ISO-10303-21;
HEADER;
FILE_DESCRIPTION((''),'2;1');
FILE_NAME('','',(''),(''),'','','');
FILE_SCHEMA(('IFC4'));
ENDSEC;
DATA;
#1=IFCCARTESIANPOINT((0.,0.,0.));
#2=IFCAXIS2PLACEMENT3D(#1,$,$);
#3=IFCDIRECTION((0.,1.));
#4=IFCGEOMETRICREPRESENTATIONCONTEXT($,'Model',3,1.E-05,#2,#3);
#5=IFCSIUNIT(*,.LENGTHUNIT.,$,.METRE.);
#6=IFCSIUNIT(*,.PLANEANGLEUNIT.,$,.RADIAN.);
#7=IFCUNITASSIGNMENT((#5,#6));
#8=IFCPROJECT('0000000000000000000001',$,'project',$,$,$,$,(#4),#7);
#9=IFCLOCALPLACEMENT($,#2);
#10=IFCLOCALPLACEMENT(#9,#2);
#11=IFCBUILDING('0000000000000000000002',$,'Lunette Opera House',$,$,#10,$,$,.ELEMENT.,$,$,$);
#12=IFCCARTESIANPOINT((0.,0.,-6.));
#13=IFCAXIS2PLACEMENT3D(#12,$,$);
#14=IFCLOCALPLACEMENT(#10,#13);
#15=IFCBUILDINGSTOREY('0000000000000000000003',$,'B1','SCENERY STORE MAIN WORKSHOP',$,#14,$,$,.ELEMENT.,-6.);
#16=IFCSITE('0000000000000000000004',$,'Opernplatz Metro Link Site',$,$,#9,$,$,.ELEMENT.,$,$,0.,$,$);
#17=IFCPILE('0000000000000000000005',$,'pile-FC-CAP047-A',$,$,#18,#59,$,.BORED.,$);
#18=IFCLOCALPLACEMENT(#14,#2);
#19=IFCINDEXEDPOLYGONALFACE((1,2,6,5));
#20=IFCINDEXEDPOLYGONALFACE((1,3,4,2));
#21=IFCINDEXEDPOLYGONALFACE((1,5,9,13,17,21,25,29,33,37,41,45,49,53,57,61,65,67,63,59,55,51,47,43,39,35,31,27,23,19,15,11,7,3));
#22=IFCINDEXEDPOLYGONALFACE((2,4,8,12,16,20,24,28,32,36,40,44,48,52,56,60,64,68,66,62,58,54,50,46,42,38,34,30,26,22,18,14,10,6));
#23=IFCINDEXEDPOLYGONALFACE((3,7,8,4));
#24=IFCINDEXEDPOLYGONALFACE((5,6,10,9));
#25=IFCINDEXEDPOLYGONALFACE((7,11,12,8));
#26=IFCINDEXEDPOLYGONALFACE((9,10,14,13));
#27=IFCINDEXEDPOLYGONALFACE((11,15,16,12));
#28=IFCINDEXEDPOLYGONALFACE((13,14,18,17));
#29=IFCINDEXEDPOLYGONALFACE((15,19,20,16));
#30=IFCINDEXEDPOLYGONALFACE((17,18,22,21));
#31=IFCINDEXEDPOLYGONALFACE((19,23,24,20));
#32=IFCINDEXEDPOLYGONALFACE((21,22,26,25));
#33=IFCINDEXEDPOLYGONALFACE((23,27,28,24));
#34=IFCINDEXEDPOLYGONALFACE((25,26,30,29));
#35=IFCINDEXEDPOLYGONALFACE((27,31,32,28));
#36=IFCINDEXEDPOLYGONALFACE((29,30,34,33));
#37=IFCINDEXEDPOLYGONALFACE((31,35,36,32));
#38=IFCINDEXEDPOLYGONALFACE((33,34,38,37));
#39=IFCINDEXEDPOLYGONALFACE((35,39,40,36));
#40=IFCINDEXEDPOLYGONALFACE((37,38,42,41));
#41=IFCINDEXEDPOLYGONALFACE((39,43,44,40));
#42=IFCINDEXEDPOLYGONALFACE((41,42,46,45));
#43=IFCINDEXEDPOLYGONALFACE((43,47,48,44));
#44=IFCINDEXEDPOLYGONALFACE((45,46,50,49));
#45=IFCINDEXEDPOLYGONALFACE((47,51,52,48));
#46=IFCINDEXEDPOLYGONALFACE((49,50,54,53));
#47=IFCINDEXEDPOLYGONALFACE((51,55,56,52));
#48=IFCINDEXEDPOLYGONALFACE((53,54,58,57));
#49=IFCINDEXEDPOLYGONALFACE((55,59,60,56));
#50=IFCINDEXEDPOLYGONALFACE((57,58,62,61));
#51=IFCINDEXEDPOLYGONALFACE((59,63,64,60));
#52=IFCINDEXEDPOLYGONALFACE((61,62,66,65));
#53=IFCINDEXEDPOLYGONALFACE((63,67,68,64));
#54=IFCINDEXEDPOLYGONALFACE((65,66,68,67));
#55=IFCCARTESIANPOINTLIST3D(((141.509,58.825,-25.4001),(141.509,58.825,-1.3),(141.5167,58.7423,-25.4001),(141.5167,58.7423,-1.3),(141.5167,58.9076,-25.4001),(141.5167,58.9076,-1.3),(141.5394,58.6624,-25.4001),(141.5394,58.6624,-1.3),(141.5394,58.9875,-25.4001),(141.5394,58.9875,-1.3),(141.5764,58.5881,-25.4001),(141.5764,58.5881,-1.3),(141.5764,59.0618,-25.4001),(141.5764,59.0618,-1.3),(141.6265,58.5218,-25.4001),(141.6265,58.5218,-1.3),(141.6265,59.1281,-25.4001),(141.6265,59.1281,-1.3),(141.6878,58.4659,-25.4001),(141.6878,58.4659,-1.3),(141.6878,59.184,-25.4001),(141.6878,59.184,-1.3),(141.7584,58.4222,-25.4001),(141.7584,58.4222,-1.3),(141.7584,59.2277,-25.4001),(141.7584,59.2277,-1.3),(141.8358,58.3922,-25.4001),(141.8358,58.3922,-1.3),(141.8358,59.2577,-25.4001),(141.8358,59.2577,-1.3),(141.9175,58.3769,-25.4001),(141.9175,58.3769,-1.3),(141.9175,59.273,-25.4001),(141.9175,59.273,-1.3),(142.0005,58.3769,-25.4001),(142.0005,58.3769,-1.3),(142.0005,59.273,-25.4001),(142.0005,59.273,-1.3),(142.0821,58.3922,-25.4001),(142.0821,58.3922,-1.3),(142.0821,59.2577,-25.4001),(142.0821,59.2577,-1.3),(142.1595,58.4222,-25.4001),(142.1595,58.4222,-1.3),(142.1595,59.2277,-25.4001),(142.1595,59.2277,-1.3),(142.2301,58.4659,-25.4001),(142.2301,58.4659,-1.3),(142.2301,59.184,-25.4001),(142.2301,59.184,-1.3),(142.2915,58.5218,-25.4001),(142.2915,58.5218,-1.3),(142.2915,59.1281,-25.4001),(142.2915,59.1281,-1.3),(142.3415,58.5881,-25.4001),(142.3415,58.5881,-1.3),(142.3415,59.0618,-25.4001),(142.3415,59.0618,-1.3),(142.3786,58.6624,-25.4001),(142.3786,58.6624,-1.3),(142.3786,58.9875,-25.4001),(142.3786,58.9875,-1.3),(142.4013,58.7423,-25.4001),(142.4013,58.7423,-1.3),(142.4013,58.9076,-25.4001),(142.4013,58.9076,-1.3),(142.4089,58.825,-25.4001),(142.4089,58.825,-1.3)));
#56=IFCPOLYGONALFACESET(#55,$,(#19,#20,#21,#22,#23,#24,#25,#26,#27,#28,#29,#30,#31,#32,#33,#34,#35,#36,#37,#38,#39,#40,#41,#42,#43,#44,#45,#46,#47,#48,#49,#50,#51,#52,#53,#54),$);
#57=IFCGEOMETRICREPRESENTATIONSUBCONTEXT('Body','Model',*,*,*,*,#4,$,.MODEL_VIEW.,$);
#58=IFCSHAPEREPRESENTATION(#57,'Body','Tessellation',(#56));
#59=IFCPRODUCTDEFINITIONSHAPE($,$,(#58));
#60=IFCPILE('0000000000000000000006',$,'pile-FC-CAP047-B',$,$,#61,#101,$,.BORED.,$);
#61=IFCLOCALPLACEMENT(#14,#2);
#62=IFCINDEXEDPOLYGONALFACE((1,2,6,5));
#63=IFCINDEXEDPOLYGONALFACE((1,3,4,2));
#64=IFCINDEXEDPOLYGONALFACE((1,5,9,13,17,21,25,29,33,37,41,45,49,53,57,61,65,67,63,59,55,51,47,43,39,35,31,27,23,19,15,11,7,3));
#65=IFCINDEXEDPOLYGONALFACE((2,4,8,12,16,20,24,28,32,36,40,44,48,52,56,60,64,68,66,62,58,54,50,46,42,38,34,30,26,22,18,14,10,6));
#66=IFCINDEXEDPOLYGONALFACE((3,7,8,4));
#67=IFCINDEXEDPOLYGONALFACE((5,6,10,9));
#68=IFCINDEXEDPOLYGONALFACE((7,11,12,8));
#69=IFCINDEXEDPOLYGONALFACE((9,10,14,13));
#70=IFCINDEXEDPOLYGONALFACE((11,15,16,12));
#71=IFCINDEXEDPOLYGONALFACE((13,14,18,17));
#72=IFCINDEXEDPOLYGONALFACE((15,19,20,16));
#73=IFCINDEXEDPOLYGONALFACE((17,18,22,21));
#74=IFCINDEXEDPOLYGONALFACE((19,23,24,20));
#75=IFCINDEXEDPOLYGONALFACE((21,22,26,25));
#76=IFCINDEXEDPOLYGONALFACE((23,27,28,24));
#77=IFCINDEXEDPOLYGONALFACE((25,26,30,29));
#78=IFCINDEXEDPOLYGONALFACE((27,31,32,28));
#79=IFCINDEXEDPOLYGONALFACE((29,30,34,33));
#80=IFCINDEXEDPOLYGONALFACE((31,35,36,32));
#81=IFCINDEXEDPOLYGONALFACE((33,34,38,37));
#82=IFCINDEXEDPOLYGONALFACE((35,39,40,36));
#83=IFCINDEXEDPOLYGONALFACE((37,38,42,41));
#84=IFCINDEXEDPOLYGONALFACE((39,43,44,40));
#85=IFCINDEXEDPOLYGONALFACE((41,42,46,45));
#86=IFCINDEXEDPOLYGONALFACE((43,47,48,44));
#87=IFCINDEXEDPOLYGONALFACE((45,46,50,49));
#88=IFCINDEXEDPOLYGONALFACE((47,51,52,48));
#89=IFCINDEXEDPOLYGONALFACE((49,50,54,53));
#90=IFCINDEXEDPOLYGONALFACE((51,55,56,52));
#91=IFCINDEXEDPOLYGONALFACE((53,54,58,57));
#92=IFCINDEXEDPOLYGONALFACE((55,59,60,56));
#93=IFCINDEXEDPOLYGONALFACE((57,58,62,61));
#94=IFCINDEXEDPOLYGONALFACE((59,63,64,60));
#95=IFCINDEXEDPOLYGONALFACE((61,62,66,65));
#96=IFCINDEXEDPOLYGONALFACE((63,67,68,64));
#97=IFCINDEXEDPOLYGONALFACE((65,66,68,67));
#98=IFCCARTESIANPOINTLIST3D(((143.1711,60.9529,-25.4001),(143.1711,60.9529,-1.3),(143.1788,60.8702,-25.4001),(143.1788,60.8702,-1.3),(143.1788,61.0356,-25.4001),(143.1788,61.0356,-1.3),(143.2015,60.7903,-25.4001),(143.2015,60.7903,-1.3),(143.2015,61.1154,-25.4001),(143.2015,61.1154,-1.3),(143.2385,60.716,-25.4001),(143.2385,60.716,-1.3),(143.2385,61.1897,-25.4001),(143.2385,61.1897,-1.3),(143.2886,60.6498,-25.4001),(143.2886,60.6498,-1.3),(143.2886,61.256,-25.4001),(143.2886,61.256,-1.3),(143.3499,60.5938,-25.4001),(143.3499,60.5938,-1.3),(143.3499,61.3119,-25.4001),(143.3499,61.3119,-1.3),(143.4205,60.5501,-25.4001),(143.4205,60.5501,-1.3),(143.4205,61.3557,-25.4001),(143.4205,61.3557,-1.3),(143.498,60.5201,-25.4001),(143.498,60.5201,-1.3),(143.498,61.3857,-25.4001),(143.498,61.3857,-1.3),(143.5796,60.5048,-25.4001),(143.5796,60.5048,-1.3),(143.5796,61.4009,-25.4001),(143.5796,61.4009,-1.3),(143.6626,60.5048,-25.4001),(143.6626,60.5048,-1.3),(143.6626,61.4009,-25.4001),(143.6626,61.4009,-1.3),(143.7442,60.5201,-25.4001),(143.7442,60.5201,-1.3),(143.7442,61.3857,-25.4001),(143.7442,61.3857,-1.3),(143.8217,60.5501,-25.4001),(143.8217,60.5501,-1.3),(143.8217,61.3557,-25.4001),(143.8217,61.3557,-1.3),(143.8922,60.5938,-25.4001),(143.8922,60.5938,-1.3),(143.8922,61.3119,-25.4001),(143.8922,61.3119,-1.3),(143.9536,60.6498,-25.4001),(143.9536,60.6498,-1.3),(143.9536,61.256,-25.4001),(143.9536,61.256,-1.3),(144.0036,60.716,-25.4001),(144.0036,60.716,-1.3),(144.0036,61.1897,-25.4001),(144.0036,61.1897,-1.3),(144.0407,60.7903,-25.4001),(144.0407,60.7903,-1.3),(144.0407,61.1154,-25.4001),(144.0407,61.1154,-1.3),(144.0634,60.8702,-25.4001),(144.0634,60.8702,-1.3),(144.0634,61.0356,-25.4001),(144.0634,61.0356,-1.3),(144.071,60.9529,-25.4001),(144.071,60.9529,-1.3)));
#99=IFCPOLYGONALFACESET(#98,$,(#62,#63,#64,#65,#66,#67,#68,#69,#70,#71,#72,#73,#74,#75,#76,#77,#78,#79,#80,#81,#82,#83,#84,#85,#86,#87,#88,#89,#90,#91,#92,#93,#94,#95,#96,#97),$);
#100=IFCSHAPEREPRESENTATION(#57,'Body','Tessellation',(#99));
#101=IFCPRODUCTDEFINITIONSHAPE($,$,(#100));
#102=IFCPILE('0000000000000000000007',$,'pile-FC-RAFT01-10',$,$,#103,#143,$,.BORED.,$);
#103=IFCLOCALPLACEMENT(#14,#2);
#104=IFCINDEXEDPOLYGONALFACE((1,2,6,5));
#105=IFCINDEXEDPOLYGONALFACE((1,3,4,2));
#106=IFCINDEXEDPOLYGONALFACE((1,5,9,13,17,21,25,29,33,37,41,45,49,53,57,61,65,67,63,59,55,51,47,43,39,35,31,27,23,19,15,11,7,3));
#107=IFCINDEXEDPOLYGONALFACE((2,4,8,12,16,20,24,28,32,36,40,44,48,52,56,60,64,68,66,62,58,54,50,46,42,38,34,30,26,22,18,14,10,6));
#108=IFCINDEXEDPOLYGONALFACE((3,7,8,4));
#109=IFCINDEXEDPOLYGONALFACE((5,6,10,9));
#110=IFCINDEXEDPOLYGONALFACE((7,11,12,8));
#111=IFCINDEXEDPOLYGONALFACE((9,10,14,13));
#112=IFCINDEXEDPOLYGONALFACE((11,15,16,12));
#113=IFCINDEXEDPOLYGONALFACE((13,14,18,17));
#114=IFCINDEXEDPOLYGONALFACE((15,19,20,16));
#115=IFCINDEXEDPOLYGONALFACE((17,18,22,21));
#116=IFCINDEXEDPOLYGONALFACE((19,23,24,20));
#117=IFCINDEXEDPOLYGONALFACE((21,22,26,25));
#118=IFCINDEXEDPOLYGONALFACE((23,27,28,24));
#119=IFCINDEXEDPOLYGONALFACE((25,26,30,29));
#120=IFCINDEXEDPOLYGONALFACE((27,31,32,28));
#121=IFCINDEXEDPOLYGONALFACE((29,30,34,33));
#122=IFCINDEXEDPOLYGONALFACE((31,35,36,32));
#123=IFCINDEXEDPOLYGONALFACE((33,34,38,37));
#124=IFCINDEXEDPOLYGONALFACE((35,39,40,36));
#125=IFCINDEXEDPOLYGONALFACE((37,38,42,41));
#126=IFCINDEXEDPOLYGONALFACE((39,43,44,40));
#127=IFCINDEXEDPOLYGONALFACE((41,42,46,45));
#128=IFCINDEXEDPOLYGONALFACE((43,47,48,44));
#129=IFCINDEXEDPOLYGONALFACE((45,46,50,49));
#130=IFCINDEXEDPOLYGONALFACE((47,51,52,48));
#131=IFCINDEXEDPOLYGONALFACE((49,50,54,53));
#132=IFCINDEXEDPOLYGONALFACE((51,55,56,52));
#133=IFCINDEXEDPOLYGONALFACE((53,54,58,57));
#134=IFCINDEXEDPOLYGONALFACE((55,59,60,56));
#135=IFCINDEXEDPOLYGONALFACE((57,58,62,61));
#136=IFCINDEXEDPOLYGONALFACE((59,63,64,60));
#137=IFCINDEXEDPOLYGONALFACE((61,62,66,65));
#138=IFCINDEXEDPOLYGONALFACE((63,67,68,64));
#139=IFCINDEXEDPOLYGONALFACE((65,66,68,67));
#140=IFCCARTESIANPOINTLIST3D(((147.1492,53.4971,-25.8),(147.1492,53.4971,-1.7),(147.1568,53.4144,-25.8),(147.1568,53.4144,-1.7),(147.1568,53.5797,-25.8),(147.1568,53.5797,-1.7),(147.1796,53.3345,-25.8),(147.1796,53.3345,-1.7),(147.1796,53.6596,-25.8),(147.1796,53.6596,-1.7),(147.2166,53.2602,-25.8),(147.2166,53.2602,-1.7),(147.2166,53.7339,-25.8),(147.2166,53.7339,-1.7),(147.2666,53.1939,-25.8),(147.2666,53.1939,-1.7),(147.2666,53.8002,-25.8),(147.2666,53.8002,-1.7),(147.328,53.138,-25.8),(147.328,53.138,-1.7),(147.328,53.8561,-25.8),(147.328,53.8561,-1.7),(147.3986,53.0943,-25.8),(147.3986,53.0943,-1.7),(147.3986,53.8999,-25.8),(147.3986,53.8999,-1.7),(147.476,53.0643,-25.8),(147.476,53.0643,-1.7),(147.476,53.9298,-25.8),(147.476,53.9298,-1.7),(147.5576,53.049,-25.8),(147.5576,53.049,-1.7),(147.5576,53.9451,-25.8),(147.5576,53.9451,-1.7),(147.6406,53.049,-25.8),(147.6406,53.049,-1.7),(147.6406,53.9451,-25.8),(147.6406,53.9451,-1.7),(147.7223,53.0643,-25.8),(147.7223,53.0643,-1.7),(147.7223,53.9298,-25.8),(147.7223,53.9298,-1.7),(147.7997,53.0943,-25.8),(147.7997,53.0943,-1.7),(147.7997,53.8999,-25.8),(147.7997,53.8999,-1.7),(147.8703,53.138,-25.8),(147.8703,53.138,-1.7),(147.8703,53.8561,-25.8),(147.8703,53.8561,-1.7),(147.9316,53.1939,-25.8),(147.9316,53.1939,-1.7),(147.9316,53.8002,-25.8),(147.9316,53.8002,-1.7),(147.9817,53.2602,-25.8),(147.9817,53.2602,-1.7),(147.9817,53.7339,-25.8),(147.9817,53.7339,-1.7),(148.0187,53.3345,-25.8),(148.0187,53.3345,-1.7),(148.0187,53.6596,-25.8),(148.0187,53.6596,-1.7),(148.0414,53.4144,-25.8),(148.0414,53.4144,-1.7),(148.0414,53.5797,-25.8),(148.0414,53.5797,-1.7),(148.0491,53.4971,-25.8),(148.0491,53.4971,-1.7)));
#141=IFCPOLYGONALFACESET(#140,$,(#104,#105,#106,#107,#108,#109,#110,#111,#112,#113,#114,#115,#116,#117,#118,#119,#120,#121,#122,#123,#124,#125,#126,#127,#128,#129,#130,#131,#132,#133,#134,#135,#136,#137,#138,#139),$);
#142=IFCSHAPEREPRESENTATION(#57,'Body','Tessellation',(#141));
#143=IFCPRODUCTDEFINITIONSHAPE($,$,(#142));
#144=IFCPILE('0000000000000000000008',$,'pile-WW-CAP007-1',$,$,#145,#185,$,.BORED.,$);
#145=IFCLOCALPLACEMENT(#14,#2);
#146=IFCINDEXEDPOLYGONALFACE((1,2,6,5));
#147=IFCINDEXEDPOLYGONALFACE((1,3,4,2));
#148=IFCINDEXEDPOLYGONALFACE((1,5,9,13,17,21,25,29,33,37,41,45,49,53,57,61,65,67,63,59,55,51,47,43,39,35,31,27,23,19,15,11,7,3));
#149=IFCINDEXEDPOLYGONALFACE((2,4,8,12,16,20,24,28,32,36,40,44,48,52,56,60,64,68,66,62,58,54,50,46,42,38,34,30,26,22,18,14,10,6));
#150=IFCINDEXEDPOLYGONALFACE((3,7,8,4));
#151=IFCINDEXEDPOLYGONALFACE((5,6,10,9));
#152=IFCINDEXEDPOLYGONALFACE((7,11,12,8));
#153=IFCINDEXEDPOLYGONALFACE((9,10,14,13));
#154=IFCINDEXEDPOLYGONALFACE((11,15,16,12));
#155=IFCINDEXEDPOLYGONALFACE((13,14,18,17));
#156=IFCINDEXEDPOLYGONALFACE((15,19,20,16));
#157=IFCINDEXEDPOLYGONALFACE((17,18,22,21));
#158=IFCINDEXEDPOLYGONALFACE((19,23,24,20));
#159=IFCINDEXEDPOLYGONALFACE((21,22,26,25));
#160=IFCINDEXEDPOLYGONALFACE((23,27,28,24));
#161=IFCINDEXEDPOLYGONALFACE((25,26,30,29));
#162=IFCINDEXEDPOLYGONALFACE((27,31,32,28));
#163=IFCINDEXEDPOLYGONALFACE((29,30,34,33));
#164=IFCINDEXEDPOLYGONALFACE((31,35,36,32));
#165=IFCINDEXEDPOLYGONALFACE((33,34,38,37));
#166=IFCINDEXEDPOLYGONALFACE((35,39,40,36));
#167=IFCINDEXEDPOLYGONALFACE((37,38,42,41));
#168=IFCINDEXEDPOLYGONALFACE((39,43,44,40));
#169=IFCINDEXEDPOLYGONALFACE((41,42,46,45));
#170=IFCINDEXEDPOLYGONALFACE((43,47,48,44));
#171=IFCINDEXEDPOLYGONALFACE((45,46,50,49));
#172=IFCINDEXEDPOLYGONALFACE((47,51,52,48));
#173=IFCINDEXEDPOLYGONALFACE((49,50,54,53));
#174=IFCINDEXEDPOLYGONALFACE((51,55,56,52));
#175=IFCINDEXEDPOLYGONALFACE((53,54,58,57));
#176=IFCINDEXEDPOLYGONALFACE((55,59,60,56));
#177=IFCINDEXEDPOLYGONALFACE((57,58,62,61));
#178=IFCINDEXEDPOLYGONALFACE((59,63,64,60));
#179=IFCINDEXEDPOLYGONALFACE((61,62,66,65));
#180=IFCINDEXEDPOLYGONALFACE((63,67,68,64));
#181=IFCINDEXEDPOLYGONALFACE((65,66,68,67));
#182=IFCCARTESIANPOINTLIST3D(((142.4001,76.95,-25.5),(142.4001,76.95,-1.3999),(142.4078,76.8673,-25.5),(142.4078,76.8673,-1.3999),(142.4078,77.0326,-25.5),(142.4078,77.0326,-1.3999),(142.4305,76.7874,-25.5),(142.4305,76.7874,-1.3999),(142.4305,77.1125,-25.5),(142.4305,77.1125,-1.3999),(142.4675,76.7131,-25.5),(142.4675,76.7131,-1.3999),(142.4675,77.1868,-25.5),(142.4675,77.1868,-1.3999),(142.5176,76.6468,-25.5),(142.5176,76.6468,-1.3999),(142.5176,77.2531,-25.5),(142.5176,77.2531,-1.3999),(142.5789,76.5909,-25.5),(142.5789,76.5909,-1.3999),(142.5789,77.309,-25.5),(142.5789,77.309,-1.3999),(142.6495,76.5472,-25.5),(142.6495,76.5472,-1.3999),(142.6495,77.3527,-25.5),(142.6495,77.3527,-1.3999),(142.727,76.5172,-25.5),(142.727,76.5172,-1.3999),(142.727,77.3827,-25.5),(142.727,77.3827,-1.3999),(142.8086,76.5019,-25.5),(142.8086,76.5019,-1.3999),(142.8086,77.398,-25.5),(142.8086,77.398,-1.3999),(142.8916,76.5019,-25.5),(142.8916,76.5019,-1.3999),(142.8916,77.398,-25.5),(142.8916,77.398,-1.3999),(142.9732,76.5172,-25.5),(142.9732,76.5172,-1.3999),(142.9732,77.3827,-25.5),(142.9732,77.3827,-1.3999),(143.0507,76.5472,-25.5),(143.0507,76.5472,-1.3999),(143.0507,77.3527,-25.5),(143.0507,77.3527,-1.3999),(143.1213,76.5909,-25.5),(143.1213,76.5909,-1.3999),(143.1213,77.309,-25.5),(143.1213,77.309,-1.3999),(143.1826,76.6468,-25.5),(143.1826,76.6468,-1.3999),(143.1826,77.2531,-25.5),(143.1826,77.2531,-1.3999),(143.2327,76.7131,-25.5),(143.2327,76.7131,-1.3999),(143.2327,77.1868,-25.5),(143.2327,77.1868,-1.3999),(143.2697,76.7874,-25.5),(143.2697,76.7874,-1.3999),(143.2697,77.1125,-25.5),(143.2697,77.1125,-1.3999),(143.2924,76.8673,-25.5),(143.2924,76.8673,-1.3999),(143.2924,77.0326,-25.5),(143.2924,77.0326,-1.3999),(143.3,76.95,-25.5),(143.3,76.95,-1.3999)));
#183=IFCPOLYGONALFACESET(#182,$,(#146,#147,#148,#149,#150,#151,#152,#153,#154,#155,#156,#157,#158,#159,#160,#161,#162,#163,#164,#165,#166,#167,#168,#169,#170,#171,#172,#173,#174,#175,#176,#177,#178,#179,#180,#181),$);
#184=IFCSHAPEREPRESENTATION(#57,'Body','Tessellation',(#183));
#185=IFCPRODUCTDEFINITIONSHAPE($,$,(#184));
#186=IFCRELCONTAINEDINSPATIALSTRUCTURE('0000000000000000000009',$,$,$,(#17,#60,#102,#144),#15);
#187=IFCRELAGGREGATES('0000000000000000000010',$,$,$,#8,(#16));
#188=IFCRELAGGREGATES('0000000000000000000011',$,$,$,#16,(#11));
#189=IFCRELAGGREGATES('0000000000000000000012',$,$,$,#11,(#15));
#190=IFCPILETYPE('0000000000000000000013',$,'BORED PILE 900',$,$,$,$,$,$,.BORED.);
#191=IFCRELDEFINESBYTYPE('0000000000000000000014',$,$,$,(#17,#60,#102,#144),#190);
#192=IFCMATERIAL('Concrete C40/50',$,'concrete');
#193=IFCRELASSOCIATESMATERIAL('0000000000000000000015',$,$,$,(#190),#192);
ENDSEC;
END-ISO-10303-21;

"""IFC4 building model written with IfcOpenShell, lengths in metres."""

from ifc_helpers import new_model, si_unit, direction, frame, origin, origin_2d, place, context, subcontext, project, spatial, circle, extrude, material, material_profile, profile_set, type_object, element, save


model = new_model("IFC4")

# Units and contexts
model_context = context("Model", 3, precision=1e-05, world=origin(), true_north=direction((0.0, 1.0)))
body_context = subcontext(model_context, "Body", "Model", "MODEL_VIEW")
ifc_project = project(units=[si_unit("LENGTHUNIT", "METRE"), si_unit("PLANEANGLEUNIT", "RADIAN")], contexts=[model_context])

# Site, building, storey
site_placement = place(None, origin())
site = spatial("IfcSite", under=ifc_project, at=site_placement, Name="Opernplatz Metro Link Site", CompositionType="ELEMENT", RefElevation=0.0)
building_placement = place(site_placement, origin())
building = spatial("IfcBuilding", under=site, at=building_placement, Name="Lunette Opera House", CompositionType="ELEMENT")
storey_placement = place(building_placement, frame((0.0, 0.0, -6.0)))
storey = spatial("IfcBuildingStorey", under=building, at=storey_placement, Name="B1", Description="SCENERY STORE MAIN WORKSHOP", CompositionType="ELEMENT", Elevation=-6.0)

# Piles
ifc_material_1 = material(Name="Concrete C40/50", Category="concrete")
ifc_material_profile_1 = material_profile(ifc_material_1, circle(Radius=0.45, at=origin_2d()), Name="BORED PILE 900")
ifc_profile_set_1 = profile_set([ifc_material_profile_1], Name="Concrete C40/50")
pile_type = type_object("IfcPileType", Name="BORED PILE 900", PredefinedType="BORED", material=ifc_profile_set_1)
for number, where, z_axis, x_axis, name in (
    (1, (141.959, 58.825, -1.3), (0.0, 0.0, -1.0), (1.0, 0.0, 0.0), "pile-FC-CAP047-A"),
    (2, (143.6211, 60.9529, -1.3), (0.0, 0.0, -1.0), (1.0, 0.0, 0.0), "pile-FC-CAP047-B"),
    (3, (147.5991, 53.4971, -1.7), (0.0, 0.0, -1.0), (1.0, 0.0, 0.0), "pile-FC-RAFT01-10"),
    (4, (142.8501, 76.95, -1.3999), (0.0, 0.0, -1.0), (1.0, 0.0, 0.0), "pile-WW-CAP007-1"),
):
    element("IfcPile", number, at=place(storey_placement, frame(where, z_axis=z_axis, x_axis=x_axis)), inside=storey, type_object=pile_type, Name=name, PredefinedType="BORED", context=body_context, shape_type="SweptSolid", body=[
        extrude(circle(Radius=0.45, at=origin_2d()), origin(), (0.0, 0.0, 1.0), 24.1001),
    ])

save(model, "model.ifc")
